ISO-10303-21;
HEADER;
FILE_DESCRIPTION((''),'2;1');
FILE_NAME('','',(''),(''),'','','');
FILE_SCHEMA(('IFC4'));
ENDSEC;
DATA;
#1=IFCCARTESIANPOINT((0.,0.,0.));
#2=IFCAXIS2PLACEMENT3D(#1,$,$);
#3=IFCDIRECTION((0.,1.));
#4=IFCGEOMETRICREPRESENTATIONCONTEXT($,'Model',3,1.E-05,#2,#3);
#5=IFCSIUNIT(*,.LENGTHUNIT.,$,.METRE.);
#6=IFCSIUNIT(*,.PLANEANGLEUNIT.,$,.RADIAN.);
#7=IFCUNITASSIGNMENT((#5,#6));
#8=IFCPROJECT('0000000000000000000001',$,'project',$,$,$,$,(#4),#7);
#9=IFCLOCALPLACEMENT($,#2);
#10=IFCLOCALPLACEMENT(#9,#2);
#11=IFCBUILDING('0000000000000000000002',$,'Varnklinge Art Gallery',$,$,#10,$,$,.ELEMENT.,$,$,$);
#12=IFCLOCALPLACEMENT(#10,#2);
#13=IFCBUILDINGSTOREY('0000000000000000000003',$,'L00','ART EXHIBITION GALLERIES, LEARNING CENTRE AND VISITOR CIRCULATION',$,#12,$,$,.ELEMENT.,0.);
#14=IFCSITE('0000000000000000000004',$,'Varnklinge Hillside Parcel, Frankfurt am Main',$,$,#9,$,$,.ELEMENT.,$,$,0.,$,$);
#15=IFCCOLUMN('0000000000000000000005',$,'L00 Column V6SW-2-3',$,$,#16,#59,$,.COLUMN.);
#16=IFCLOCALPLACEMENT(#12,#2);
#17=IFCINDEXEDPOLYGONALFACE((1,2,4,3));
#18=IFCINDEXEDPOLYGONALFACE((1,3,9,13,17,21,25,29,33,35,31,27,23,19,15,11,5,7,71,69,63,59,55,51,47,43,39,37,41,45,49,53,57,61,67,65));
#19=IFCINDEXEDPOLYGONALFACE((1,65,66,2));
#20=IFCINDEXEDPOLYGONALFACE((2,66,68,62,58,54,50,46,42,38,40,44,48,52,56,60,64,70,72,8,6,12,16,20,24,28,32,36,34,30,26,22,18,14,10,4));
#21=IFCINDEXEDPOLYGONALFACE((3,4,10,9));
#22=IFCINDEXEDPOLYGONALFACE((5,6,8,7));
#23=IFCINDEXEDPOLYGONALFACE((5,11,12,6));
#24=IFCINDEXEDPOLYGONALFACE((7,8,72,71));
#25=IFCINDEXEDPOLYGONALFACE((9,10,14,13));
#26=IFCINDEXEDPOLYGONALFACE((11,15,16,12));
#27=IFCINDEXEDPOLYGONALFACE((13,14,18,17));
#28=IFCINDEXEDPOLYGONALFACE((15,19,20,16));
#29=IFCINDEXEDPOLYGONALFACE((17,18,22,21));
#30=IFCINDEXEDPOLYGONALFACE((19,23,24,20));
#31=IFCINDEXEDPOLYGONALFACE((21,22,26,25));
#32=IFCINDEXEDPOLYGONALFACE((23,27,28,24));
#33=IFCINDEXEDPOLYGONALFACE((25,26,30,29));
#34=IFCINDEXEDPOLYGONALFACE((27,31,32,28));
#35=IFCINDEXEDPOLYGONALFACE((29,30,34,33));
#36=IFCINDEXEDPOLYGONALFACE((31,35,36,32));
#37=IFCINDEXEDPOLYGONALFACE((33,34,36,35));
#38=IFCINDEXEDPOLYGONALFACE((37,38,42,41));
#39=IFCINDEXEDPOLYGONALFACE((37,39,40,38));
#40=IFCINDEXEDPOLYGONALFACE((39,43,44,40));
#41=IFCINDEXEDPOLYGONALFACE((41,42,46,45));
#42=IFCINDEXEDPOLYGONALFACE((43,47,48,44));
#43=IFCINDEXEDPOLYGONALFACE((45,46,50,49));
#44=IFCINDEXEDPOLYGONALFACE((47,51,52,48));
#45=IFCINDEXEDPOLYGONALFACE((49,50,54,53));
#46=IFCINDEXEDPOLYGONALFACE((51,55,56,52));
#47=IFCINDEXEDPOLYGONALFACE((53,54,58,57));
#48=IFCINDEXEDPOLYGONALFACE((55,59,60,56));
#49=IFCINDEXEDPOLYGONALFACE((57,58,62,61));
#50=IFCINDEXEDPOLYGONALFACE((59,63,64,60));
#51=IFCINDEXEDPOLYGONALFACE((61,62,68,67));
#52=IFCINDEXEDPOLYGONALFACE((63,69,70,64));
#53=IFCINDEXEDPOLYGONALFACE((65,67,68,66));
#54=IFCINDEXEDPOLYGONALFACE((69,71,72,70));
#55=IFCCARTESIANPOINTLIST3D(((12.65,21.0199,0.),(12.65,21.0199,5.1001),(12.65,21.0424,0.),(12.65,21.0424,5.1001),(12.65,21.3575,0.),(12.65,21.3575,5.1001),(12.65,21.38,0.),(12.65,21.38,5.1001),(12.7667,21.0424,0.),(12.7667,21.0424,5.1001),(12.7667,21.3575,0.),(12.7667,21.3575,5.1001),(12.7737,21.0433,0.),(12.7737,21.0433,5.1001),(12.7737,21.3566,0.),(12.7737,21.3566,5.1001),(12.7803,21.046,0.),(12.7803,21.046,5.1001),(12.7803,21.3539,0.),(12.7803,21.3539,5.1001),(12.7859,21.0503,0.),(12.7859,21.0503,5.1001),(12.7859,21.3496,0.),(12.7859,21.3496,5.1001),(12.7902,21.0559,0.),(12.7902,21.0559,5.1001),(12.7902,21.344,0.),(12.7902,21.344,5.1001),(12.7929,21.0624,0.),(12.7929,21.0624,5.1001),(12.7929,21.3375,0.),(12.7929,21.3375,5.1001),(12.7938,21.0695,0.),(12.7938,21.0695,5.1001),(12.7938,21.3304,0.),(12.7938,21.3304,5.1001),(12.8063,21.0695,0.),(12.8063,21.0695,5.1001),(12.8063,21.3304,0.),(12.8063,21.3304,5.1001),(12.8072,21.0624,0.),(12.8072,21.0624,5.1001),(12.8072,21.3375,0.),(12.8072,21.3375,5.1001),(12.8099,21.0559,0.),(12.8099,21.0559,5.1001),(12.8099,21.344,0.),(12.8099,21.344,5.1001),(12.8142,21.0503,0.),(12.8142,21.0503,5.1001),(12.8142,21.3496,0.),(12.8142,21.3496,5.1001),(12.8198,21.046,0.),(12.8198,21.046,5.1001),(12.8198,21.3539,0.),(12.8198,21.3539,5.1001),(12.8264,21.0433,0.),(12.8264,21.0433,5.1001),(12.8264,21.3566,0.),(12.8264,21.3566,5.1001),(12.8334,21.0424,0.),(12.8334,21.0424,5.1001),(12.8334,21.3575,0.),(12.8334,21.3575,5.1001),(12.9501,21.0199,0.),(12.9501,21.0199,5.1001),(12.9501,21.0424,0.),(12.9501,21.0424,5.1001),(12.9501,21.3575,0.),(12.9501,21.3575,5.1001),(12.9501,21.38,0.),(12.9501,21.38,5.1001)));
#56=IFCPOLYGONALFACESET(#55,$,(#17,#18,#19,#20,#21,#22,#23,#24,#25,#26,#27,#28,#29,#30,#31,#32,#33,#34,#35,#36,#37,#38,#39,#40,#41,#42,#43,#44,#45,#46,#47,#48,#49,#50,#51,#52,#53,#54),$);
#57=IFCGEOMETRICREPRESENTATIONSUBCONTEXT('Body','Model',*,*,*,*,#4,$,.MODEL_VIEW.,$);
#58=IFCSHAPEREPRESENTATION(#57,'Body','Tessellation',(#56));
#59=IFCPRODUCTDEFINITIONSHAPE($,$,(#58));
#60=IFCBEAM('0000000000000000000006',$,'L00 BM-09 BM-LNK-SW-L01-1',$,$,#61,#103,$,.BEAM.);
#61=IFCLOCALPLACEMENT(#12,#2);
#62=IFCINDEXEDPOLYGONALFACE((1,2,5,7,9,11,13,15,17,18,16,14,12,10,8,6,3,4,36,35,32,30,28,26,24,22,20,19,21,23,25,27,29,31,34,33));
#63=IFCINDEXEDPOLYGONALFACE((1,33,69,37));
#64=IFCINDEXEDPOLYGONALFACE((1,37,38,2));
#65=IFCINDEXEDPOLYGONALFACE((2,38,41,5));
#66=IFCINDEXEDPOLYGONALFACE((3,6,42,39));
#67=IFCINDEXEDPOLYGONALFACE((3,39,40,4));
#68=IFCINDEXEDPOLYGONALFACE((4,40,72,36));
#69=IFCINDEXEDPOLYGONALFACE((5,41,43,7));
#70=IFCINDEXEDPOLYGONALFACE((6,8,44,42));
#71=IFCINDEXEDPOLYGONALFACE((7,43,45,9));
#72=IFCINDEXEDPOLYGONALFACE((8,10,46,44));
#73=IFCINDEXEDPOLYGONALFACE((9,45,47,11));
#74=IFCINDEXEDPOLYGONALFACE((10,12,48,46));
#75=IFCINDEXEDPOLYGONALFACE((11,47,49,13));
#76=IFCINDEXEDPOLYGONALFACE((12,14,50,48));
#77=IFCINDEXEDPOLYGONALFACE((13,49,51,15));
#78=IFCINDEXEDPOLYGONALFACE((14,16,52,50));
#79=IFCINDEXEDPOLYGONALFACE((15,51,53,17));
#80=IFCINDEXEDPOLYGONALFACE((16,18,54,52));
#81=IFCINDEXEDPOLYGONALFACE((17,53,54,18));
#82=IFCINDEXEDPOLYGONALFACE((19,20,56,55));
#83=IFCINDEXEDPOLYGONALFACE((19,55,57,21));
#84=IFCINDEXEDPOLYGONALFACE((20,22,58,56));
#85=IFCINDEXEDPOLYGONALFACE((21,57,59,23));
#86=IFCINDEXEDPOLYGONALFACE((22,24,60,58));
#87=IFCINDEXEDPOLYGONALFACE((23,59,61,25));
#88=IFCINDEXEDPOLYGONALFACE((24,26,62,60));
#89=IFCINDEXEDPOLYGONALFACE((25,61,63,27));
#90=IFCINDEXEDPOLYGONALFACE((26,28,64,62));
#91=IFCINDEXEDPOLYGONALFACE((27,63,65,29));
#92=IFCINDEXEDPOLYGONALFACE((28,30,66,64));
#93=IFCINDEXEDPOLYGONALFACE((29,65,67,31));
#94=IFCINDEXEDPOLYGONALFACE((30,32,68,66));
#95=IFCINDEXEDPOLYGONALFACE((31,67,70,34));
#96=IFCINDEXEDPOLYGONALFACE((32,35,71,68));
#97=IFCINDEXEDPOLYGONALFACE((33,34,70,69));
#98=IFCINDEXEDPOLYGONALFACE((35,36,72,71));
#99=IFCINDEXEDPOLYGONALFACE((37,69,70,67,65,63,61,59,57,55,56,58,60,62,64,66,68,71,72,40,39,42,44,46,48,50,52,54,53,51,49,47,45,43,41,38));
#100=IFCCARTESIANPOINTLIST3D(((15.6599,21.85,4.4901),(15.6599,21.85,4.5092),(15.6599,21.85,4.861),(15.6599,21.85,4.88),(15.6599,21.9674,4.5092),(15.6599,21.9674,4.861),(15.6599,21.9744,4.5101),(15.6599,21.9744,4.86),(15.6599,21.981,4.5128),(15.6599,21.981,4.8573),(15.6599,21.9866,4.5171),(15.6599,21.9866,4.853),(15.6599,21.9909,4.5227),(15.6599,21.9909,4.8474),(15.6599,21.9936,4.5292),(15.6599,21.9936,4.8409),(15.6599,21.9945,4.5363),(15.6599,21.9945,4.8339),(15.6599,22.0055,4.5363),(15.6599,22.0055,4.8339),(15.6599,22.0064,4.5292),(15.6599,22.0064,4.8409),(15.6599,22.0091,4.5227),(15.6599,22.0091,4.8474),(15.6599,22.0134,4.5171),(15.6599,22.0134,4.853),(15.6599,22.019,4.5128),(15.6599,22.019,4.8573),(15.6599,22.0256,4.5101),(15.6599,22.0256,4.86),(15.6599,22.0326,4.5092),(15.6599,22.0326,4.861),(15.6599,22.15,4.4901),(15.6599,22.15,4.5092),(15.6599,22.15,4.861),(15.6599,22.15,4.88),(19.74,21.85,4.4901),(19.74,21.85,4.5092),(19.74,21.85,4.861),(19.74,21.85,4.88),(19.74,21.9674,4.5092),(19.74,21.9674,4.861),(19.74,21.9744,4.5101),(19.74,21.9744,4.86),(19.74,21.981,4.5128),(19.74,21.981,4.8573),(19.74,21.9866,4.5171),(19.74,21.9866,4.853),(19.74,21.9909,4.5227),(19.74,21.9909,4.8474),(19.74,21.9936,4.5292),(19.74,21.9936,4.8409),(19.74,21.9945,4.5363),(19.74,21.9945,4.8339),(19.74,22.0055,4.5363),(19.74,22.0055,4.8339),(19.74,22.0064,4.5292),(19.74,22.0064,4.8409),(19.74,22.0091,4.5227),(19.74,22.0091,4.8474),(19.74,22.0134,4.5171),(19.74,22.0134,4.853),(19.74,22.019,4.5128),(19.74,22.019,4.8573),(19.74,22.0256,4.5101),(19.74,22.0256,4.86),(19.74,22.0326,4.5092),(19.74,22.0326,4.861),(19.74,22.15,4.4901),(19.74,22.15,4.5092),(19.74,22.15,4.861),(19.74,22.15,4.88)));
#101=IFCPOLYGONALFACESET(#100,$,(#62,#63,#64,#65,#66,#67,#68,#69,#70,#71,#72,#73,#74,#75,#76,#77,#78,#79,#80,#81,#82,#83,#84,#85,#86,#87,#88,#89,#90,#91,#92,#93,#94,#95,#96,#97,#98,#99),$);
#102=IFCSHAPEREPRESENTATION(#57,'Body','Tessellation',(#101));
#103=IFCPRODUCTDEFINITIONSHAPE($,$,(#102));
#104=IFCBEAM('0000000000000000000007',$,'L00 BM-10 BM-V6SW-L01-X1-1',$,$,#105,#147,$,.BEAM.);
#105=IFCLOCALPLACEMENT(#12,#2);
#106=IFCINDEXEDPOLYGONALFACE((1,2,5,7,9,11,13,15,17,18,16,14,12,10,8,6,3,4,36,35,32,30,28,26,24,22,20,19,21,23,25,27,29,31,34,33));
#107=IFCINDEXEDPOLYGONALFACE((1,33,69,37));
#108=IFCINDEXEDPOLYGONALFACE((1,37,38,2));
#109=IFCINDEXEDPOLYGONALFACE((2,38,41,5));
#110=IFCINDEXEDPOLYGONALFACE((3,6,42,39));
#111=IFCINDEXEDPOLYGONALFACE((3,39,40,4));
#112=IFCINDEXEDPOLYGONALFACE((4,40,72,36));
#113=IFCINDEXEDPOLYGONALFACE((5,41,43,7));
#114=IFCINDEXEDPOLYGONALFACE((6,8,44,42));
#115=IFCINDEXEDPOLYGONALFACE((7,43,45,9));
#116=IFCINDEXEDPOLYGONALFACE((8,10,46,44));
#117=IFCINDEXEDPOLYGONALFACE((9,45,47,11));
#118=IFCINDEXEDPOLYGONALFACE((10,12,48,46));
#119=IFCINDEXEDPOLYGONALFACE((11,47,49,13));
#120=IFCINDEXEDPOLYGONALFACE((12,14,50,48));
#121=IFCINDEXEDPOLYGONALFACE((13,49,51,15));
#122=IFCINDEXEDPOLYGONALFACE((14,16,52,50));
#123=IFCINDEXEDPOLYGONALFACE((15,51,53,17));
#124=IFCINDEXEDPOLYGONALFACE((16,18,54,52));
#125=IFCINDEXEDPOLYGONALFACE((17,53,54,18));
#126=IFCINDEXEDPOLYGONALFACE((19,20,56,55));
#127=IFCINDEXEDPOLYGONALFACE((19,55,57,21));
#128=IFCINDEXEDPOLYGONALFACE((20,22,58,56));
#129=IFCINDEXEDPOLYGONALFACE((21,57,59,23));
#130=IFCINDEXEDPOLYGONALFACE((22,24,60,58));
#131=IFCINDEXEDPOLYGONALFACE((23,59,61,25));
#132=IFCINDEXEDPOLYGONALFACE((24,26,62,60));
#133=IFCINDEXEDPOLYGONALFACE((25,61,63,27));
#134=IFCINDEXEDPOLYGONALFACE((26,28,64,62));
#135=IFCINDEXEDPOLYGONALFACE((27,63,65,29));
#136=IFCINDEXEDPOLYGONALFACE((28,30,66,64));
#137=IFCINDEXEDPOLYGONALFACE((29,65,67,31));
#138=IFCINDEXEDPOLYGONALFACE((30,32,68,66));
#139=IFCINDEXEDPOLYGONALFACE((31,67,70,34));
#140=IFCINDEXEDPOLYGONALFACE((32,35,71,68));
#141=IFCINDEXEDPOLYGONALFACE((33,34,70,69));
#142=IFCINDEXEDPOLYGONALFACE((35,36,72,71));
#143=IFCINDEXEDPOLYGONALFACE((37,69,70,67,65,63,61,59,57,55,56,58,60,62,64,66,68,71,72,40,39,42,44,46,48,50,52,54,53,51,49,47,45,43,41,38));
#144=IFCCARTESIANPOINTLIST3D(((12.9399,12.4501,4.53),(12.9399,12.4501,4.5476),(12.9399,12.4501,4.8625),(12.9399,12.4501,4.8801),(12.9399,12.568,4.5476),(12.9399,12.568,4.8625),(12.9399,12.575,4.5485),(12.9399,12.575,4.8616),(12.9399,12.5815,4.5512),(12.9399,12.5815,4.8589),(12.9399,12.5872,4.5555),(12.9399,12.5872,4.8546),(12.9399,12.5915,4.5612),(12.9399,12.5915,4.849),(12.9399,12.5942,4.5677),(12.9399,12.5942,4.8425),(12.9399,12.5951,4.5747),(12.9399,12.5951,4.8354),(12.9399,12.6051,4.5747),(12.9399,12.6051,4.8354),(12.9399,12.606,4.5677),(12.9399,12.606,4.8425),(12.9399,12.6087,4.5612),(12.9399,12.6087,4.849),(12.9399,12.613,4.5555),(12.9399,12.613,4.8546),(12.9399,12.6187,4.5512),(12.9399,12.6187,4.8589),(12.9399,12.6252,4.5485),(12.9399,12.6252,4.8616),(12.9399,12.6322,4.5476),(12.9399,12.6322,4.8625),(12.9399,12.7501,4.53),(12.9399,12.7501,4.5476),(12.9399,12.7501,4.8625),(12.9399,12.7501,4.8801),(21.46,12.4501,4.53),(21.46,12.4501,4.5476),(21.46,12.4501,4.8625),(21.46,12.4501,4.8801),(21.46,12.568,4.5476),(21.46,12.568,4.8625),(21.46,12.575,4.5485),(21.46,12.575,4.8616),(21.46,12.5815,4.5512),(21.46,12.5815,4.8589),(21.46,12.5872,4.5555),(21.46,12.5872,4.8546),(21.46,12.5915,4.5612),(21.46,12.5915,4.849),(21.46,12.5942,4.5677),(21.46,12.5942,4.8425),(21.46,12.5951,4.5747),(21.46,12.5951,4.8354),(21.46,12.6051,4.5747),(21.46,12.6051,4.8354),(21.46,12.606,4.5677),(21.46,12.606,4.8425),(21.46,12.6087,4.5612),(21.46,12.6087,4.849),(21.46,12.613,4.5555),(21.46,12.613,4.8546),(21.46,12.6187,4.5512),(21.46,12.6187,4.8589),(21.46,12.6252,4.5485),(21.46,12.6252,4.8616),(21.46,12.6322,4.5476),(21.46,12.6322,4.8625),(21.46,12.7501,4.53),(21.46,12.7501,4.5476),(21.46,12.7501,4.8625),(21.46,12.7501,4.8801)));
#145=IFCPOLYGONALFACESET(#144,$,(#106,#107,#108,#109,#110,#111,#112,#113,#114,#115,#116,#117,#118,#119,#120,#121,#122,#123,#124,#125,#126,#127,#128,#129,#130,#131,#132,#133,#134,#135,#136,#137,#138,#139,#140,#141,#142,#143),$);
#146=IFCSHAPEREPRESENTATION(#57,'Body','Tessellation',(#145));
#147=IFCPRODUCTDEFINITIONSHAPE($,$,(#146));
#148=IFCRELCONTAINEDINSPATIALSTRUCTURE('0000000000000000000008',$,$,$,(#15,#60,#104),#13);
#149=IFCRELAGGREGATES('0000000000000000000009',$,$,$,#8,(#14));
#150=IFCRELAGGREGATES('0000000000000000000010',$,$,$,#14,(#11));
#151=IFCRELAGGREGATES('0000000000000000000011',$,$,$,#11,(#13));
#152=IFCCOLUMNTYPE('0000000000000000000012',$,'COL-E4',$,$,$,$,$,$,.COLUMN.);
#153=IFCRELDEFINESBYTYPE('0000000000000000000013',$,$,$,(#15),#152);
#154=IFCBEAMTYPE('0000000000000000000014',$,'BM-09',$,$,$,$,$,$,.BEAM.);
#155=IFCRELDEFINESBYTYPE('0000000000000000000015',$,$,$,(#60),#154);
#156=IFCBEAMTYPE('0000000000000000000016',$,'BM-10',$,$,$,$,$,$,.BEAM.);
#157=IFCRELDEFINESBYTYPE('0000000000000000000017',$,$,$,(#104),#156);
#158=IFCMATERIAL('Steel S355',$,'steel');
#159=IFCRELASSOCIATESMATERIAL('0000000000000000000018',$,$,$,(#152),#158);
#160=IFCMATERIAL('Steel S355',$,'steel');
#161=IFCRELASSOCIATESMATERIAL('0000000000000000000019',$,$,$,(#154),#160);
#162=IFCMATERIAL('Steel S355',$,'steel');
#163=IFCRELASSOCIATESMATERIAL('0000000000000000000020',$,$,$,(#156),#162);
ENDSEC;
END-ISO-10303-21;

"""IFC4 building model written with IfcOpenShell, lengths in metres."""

from ifc_helpers import new_model, si_unit, direction, frame, origin, origin_2d, place, context, subcontext, project, spatial, i_section, extrude, material, material_profile, profile_set, type_object, element, save


model = new_model("IFC4")

# Units and contexts
model_context = context("Model", 3, precision=1e-05, world=origin(), true_north=direction((0.0, 1.0)))
body_context = subcontext(model_context, "Body", "Model", "MODEL_VIEW")
ifc_project = project(units=[si_unit("LENGTHUNIT", "METRE"), si_unit("PLANEANGLEUNIT", "RADIAN")], contexts=[model_context])

# Site, building, storey
site_placement = place(None, origin())
site = spatial("IfcSite", under=ifc_project, at=site_placement, Name="Varnklinge Hillside Parcel, Frankfurt am Main", CompositionType="ELEMENT", RefElevation=0.0)
building_placement = place(site_placement, origin())
building = spatial("IfcBuilding", under=site, at=building_placement, Name="Varnklinge Art Gallery", CompositionType="ELEMENT")
storey_placement = place(building_placement, origin())
storey = spatial("IfcBuildingStorey", under=building, at=storey_placement, Name="L00", Description="ART EXHIBITION GALLERIES, LEARNING CENTRE AND VISITOR CIRCULATION", CompositionType="ELEMENT", Elevation=0.0)

# Column
ifc_material_1 = material(Name="Steel S355", Category="steel")
ifc_material_profile_1 = material_profile(ifc_material_1, i_section(OverallWidth=0.3, OverallDepth=0.3601, WebThickness=0.0125, FlangeThickness=0.0225, FilletRadius=0.0271, at=origin_2d()), Name="HEB 360")
ifc_profile_set_1 = profile_set([ifc_material_profile_1], Name="Steel S355")
column_type_1 = type_object("IfcColumnType", Name="COL-E4", PredefinedType="COLUMN", material=ifc_profile_set_1)
for number, where, z_axis, x_axis, name in (
    (1, (12.8, 21.2, 0.0), (0.0, 0.0, 1.0), (1.0, 0.0, 0.0), "L00 Column V6SW-2-3"),
):
    element("IfcColumn", number, at=place(storey_placement, frame(where, z_axis=z_axis, x_axis=x_axis)), inside=storey, type_object=column_type_1, Name=name, PredefinedType="COLUMN", context=body_context, shape_type="SweptSolid", body=[
        extrude(i_section(OverallWidth=0.3, OverallDepth=0.3601, WebThickness=0.0125, FlangeThickness=0.0225, FilletRadius=0.0271, at=origin_2d()), origin(), (0.0, 0.0, 1.0), 5.1001),
    ])

# Beams
ifc_material_2 = material(Name="Steel S355", Category="steel")
ifc_material_profile_2 = material_profile(ifc_material_2, i_section(OverallWidth=0.3, OverallDepth=0.3899, WebThickness=0.011, FlangeThickness=0.019, FilletRadius=0.0271, at=origin_2d()), Name="HEA 400")
ifc_profile_set_2 = profile_set([ifc_material_profile_2], Name="Steel S355")
beam_type_1 = type_object("IfcBeamType", Name="BM-09", PredefinedType="BEAM", material=ifc_profile_set_2)
beam_1_placement = place(storey_placement, frame((15.6599, 22.0, 4.6851), z_axis=(1.0, 0.0, 0.0), x_axis=(0.0, 1.0, 0.0)))
element("IfcBeam", 2, at=beam_1_placement, inside=storey, type_object=beam_type_1, Name="L00 BM-09 BM-LNK-SW-L01-1", PredefinedType="BEAM", context=body_context, shape_type="SweptSolid", body=[
    extrude(i_section(OverallWidth=0.3, OverallDepth=0.3899, WebThickness=0.011, FlangeThickness=0.019, FilletRadius=0.0271, at=origin_2d()), origin(), (0.0, 0.0, 1.0), 4.0801),
])
ifc_material_3 = material(Name="Steel S355", Category="steel")
ifc_material_profile_3 = material_profile(ifc_material_3, i_section(OverallWidth=0.3, OverallDepth=0.3501, WebThickness=0.01, FlangeThickness=0.0176, FilletRadius=0.0271, at=origin_2d()), Name="HEA 360")
ifc_profile_set_3 = profile_set([ifc_material_profile_3], Name="Steel S355")
beam_type_2 = type_object("IfcBeamType", Name="BM-10", PredefinedType="BEAM", material=ifc_profile_set_3)
beam_2_placement = place(storey_placement, frame((12.9399, 12.6001, 4.7051), z_axis=(1.0, 0.0, 0.0), x_axis=(0.0, 1.0, 0.0)))
element("IfcBeam", 3, at=beam_2_placement, inside=storey, type_object=beam_type_2, Name="L00 BM-10 BM-V6SW-L01-X1-1", PredefinedType="BEAM", context=body_context, shape_type="SweptSolid", body=[
    extrude(i_section(OverallWidth=0.3, OverallDepth=0.3501, WebThickness=0.01, FlangeThickness=0.0176, FilletRadius=0.0271, at=origin_2d()), origin(), (0.0, 0.0, 1.0), 8.52),
])

save(model, "model.ifc")
